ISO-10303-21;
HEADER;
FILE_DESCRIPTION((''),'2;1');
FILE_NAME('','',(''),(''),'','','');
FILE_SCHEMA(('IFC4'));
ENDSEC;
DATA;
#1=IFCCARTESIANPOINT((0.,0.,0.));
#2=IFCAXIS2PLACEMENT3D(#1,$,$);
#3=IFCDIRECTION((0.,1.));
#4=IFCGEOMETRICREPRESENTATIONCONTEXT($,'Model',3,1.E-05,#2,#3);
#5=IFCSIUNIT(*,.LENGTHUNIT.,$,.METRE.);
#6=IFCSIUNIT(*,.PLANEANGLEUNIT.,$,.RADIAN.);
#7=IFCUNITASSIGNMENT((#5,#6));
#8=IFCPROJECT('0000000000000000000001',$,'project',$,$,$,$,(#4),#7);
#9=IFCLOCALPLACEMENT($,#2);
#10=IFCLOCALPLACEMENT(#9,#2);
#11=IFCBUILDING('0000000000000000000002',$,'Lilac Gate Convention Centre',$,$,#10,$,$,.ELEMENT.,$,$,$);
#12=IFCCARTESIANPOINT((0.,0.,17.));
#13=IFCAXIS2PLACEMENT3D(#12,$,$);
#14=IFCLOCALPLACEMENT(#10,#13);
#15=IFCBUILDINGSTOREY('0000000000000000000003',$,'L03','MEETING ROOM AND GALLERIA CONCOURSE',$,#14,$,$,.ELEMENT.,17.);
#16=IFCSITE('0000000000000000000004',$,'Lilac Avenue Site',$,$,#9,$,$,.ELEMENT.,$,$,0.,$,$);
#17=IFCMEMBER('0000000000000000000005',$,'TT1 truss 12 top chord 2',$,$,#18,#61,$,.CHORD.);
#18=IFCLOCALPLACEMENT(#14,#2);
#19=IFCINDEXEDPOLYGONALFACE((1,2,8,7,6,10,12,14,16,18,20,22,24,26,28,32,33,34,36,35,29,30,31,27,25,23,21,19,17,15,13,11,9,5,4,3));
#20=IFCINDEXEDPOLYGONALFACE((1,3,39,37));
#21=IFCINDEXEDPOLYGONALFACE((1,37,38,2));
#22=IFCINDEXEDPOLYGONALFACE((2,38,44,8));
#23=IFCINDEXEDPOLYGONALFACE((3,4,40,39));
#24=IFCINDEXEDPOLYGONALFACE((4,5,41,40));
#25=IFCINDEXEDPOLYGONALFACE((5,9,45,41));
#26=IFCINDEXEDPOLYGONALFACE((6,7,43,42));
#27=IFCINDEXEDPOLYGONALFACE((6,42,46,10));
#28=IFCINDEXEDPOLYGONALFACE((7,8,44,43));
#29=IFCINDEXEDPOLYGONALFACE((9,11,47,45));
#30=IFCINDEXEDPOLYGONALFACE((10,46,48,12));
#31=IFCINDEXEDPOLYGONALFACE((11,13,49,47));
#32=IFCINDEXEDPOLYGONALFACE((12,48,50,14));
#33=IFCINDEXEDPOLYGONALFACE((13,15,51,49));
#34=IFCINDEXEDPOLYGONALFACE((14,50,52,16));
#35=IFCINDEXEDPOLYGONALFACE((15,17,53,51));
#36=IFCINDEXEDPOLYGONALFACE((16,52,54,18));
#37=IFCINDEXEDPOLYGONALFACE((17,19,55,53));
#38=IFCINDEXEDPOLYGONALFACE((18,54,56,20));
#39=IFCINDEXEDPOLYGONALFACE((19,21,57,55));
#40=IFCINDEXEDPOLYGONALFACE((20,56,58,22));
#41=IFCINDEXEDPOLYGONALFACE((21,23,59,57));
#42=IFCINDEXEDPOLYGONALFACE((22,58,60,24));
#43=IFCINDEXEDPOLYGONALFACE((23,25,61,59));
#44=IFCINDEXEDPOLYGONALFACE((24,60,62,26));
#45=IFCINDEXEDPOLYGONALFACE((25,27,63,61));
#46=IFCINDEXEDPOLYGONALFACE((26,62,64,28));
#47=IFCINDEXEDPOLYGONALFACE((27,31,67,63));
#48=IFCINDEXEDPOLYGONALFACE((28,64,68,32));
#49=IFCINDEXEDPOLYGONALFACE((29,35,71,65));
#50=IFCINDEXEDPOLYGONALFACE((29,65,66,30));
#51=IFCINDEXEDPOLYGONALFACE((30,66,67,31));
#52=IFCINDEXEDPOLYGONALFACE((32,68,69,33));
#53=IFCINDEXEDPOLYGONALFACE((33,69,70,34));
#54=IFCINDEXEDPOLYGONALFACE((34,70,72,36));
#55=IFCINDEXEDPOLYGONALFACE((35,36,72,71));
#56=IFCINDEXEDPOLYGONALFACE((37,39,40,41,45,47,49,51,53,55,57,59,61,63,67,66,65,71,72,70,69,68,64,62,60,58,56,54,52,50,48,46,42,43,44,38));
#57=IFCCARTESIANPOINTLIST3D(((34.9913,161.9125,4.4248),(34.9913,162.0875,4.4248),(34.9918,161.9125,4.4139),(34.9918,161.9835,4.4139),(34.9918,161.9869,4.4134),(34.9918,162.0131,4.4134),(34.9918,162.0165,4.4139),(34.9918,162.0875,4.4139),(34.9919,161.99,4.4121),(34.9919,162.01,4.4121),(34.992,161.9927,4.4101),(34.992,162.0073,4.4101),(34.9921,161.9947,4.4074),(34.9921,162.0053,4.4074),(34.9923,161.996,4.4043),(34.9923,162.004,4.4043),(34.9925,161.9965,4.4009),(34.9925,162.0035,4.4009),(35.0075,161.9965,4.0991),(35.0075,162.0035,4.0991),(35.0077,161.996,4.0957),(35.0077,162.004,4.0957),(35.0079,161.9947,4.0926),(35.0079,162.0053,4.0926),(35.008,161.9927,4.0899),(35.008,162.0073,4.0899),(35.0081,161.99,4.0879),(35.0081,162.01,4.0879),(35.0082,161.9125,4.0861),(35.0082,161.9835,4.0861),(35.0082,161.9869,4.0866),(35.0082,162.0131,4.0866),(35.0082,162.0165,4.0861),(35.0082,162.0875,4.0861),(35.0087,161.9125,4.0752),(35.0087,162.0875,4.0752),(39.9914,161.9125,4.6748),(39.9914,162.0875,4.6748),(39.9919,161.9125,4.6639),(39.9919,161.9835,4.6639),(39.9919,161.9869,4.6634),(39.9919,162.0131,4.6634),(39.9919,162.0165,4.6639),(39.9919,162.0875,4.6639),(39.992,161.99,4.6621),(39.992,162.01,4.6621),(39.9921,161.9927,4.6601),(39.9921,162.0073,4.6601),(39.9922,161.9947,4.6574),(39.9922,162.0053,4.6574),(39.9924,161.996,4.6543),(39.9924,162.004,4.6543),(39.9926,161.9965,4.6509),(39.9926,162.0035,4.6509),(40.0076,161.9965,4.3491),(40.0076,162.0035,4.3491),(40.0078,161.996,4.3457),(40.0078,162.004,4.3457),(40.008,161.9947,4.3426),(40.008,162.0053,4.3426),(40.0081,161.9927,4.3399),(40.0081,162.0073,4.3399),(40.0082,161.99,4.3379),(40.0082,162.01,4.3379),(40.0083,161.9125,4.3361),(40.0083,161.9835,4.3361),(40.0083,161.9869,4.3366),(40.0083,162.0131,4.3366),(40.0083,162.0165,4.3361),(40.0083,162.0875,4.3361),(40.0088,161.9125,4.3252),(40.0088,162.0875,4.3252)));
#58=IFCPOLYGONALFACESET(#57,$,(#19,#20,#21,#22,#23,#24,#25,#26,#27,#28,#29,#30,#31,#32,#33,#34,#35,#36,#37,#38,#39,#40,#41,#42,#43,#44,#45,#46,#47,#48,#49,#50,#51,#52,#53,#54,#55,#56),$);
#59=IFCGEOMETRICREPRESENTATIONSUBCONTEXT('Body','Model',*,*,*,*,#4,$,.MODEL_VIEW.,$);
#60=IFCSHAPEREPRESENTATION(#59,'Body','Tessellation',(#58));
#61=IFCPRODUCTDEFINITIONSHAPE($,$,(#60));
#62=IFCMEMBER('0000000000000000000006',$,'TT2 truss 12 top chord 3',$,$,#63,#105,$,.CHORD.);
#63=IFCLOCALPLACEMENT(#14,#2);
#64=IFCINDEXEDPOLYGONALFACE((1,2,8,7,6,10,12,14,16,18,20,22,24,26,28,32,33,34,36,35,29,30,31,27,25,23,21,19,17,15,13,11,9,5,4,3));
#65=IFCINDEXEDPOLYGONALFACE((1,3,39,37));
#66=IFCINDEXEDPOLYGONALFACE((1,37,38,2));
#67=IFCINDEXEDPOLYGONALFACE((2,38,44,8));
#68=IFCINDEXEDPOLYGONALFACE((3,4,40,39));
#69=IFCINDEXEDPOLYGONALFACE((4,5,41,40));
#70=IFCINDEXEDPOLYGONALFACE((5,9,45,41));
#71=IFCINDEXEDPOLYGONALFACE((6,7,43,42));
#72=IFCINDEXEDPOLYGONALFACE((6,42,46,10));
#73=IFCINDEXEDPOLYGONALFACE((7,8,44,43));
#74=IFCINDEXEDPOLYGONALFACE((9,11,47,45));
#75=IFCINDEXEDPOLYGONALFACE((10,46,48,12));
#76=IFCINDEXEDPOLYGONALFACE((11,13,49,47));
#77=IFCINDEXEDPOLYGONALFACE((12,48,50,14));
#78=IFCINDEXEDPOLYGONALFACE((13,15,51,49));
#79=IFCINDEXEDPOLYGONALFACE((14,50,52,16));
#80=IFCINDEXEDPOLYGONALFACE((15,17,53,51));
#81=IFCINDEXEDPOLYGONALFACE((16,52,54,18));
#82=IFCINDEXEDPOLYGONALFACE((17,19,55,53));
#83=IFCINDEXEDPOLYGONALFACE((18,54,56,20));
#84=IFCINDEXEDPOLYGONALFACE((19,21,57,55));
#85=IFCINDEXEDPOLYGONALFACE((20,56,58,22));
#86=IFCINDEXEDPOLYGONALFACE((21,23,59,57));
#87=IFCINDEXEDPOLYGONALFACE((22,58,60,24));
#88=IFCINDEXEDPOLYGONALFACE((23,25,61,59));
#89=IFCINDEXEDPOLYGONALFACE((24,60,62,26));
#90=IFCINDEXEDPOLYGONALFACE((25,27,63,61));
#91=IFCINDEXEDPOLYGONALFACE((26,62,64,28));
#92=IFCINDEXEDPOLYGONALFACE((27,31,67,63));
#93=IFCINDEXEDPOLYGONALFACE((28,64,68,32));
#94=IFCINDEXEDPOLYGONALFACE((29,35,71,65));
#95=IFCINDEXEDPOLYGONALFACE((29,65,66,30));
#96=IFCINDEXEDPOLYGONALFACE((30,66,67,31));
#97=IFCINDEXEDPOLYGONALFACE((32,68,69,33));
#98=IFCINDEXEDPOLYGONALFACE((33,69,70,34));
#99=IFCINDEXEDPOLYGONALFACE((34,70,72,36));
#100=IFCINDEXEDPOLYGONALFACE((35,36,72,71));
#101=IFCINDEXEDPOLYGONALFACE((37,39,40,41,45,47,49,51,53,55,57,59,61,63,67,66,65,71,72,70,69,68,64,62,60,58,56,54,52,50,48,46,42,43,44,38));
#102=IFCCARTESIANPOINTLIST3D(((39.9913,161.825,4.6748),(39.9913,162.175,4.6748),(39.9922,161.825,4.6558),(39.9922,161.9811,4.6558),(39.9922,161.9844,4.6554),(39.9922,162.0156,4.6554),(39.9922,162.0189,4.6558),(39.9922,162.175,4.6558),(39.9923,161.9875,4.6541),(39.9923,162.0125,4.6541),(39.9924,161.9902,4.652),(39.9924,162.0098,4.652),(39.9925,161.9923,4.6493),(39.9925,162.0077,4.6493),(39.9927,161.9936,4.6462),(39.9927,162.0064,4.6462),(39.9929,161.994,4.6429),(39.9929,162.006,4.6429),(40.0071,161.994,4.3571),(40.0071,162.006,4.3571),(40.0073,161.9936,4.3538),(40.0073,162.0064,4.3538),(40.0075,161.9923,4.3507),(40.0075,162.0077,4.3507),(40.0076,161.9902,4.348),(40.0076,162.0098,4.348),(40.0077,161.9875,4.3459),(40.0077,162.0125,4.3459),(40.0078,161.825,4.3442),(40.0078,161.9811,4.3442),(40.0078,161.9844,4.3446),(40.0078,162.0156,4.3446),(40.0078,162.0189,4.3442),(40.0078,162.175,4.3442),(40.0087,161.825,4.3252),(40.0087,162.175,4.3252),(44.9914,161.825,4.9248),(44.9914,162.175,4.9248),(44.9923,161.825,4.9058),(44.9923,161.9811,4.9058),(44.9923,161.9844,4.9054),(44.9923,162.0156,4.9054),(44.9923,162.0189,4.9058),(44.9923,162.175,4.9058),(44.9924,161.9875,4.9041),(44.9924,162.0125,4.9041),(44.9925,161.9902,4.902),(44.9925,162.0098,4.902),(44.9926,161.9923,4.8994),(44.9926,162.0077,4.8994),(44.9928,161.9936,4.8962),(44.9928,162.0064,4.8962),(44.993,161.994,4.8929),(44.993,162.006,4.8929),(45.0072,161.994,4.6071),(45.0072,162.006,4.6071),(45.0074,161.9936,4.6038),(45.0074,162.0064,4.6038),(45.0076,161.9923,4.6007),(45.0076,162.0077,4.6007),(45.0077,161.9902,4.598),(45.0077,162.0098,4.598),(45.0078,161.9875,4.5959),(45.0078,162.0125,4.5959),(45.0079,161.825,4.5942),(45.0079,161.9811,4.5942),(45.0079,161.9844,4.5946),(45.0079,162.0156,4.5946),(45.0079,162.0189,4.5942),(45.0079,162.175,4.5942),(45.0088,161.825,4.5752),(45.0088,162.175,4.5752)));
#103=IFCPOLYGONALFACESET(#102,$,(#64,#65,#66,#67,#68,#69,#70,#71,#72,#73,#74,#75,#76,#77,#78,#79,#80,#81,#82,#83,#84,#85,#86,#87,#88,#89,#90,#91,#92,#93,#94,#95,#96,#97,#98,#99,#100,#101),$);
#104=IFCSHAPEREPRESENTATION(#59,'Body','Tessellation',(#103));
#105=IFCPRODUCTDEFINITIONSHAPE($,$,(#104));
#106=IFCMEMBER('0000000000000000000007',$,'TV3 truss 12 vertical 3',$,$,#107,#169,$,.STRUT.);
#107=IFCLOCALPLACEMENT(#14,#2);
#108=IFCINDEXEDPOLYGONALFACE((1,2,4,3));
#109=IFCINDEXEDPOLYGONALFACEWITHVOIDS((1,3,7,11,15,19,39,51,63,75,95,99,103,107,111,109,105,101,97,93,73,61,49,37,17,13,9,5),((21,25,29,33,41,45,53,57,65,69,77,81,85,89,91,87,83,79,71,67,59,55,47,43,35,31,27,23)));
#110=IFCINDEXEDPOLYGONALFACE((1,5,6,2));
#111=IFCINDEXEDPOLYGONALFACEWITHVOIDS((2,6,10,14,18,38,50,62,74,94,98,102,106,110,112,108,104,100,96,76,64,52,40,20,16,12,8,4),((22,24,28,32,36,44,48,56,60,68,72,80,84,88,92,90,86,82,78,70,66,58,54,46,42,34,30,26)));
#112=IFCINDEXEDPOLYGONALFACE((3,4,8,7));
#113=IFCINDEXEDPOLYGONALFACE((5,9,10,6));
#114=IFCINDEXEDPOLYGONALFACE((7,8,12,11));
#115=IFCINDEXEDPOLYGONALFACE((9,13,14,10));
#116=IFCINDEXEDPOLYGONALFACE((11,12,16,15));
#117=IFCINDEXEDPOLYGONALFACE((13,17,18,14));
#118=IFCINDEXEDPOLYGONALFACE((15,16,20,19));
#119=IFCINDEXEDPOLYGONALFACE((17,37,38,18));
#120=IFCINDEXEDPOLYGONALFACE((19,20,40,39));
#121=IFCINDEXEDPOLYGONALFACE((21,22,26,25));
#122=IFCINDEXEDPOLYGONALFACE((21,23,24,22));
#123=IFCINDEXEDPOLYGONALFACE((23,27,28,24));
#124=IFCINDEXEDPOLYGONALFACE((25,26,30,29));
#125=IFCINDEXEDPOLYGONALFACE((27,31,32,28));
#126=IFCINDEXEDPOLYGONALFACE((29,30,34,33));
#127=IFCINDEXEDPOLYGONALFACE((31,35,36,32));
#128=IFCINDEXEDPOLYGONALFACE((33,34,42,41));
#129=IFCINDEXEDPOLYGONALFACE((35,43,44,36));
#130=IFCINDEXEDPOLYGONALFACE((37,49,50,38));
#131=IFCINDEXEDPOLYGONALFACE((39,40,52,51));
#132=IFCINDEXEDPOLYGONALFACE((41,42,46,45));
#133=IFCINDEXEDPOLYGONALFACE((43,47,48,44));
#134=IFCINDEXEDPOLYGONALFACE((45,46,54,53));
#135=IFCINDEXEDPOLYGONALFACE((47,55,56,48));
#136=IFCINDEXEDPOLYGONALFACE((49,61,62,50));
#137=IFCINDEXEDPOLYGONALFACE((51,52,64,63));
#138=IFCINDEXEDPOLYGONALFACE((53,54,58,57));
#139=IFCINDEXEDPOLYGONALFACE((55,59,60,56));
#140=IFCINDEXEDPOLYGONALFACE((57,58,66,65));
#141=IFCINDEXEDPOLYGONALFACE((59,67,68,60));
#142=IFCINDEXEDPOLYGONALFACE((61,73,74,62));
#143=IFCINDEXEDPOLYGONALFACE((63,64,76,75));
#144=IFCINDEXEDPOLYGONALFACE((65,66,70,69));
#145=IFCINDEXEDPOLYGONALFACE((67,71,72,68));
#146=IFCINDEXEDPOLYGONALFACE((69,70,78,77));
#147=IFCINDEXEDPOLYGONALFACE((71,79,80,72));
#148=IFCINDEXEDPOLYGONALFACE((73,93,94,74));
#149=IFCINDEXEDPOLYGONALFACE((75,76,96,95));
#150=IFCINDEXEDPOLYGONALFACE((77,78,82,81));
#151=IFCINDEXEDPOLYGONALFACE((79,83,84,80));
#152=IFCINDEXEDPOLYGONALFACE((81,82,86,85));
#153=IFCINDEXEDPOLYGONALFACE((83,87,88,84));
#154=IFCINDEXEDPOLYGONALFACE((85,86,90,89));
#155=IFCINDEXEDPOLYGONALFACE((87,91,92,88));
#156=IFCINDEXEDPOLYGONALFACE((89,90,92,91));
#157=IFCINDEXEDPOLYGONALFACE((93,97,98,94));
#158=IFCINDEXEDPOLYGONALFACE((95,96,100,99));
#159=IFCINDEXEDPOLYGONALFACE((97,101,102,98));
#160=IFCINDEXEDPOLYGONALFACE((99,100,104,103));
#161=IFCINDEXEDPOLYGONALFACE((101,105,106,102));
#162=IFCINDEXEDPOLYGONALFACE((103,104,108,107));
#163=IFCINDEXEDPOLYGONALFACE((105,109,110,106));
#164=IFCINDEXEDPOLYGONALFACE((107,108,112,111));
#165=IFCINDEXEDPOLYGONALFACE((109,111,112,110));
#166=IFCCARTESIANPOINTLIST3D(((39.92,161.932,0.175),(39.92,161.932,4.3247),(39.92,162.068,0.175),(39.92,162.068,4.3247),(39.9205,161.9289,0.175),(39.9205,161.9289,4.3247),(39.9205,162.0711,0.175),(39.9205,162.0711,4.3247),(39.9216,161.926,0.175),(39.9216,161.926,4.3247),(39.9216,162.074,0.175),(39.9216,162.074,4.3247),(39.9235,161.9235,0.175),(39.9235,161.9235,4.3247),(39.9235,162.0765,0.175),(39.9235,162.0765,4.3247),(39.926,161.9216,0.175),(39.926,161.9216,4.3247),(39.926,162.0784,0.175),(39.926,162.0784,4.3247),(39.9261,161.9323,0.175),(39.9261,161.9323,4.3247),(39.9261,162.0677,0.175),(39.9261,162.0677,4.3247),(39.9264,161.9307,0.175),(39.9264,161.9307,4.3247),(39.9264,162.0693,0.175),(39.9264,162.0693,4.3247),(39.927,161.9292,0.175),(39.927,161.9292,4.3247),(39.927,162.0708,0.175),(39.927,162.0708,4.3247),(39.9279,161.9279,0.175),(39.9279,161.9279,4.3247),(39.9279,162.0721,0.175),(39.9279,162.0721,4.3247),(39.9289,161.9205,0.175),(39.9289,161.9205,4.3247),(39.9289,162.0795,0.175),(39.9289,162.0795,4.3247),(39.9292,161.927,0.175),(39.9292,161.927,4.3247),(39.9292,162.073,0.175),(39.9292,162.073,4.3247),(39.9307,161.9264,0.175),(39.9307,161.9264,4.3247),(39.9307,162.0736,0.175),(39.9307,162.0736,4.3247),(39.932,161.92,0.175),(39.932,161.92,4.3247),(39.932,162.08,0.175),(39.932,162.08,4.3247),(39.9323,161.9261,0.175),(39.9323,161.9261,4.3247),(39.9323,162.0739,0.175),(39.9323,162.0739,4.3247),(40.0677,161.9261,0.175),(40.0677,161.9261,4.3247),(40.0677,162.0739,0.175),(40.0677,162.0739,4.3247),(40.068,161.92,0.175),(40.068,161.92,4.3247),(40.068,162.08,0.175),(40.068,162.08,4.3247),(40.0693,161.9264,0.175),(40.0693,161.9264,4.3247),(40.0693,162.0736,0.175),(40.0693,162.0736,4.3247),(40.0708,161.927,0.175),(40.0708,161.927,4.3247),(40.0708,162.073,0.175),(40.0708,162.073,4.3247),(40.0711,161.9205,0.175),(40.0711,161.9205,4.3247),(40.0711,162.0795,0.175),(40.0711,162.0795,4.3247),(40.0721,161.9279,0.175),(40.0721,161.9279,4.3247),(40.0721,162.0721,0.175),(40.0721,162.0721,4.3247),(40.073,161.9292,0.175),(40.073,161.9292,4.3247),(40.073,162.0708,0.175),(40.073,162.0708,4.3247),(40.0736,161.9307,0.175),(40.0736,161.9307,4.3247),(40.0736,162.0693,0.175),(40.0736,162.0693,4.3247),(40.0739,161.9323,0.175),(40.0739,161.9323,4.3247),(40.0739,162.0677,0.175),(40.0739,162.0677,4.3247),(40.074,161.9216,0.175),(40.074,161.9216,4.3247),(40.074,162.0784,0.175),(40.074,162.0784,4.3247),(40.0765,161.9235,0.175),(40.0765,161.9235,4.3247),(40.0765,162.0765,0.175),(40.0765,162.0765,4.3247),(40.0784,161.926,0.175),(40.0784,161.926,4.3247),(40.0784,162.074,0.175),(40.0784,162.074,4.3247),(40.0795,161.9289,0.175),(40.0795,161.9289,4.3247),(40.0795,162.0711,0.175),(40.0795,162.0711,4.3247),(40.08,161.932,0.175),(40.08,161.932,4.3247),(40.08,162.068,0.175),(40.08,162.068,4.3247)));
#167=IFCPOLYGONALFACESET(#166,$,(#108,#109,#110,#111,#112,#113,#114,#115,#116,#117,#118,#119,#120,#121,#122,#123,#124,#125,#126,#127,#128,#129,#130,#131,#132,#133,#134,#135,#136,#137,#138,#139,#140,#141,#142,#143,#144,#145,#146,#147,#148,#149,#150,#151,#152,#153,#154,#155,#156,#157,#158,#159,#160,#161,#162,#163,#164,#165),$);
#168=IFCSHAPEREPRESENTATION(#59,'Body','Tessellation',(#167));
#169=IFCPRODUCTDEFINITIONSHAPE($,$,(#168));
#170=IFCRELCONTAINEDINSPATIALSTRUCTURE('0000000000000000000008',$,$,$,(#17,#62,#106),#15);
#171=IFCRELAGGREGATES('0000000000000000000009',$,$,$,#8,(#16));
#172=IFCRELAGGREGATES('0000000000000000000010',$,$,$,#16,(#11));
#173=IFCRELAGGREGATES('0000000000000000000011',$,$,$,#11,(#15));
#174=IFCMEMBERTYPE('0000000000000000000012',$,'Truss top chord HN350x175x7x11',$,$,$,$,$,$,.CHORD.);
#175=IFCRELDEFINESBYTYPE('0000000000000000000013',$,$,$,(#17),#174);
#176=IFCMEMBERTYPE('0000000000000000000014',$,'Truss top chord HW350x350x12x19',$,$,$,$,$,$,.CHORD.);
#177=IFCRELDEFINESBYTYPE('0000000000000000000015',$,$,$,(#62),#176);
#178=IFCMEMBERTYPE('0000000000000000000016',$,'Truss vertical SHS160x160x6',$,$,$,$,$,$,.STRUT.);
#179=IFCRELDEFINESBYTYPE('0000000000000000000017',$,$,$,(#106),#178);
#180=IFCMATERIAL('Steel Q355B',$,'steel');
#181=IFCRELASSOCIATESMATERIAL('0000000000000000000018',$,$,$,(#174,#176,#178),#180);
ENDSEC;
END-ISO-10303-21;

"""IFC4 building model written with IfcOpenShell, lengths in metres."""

from ifc_helpers import new_model, si_unit, direction, frame, origin, origin_2d, place, context, subcontext, project, spatial, hollow_rectangle, i_section, extrude, material, material_profile, profile_set, type_object, element, save


model = new_model("IFC4")

# Units and contexts
model_context = context("Model", 3, precision=1e-05, world=origin(), true_north=direction((0.0, 1.0)))
body_context = subcontext(model_context, "Body", "Model", "MODEL_VIEW")
ifc_project = project(units=[si_unit("LENGTHUNIT", "METRE"), si_unit("PLANEANGLEUNIT", "RADIAN")], contexts=[model_context])

# Site, building, storey
site_placement = place(None, origin())
site = spatial("IfcSite", under=ifc_project, at=site_placement, Name="Lilac Avenue Site", CompositionType="ELEMENT", RefElevation=0.0)
building_placement = place(site_placement, origin())
building = spatial("IfcBuilding", under=site, at=building_placement, Name="Lilac Gate Convention Centre", CompositionType="ELEMENT")
storey_placement = place(building_placement, frame((0.0, 0.0, 17.0)))
storey = spatial("IfcBuildingStorey", under=building, at=storey_placement, Name="L03", Description="MEETING ROOM AND GALLERIA CONCOURSE", CompositionType="ELEMENT", Elevation=17.0)

# Shared definitions
ifc_material = material(Name="Steel Q355B", Category="steel")

# Members
ifc_material_profile_1 = material_profile(ifc_material, i_section(OverallWidth=0.175, OverallDepth=0.3501, WebThickness=0.0071, FlangeThickness=0.011, FilletRadius=0.0129, at=origin_2d()), Name="HN350x175x7x11")
ifc_profile_set_1 = profile_set([ifc_material_profile_1], Name="Steel Q355B")
member_type_1 = type_object("IfcMemberType", Name="Truss top chord HN350x175x7x11", PredefinedType="CHORD", material=ifc_profile_set_1)
for number, where, z_axis, x_axis, name in (
    (1, (35.0, 162.0, 4.25), (0.998752, 0.0, 0.049938), (0.0, 1.0, 0.0), "TT1 truss 12 top chord 2"),
):
    element("IfcMember", number, at=place(storey_placement, frame(where, z_axis=z_axis, x_axis=x_axis)), inside=storey, type_object=member_type_1, Name=name, PredefinedType="CHORD", context=body_context, shape_type="SweptSolid", body=[
        extrude(i_section(OverallWidth=0.175, OverallDepth=0.3501, WebThickness=0.0071, FlangeThickness=0.011, FilletRadius=0.0129, at=origin_2d()), origin(), (0.0, 0.0, 1.0), 5.0063),
    ])
ifc_material_profile_2 = material_profile(ifc_material, i_section(OverallWidth=0.3501, OverallDepth=0.3501, WebThickness=0.012, FlangeThickness=0.019, FilletRadius=0.0129, at=origin_2d()), Name="HW350x350x12x19")
ifc_profile_set_2 = profile_set([ifc_material_profile_2], Name="Steel Q355B")
member_type_2 = type_object("IfcMemberType", Name="Truss top chord HW350x350x12x19", PredefinedType="CHORD", material=ifc_profile_set_2)
member_1_placement = place(storey_placement, frame((40.0, 162.0, 4.5), z_axis=(0.998752, 0.0, 0.049938), x_axis=(0.0, 1.0, 0.0)))
element("IfcMember", 2, at=member_1_placement, inside=storey, type_object=member_type_2, Name="TT2 truss 12 top chord 3", PredefinedType="CHORD", context=body_context, shape_type="SweptSolid", body=[
    extrude(i_section(OverallWidth=0.3501, OverallDepth=0.3501, WebThickness=0.012, FlangeThickness=0.019, FilletRadius=0.0129, at=origin_2d()), origin(), (0.0, 0.0, 1.0), 5.0063),
])
ifc_material_profile_3 = material_profile(ifc_material, hollow_rectangle(XDim=0.1599, YDim=0.1599, WallThickness=0.0061, InnerFilletRadius=0.0061, OuterFilletRadius=0.012, at=origin_2d()), Name="SHS160x160x6")
ifc_profile_set_3 = profile_set([ifc_material_profile_3], Name="Steel Q355B")
member_type_3 = type_object("IfcMemberType", Name="Truss vertical SHS160x160x6", PredefinedType="STRUT", material=ifc_profile_set_3)
member_2_placement = place(storey_placement, frame((40.0, 162.0, 0.175), z_axis=(0.0, 0.0, 1.0), x_axis=(1.0, 0.0, 0.0)))
element("IfcMember", 3, at=member_2_placement, inside=storey, type_object=member_type_3, Name="TV3 truss 12 vertical 3", PredefinedType="STRUT", context=body_context, shape_type="SweptSolid", body=[
    extrude(hollow_rectangle(XDim=0.1599, YDim=0.1599, WallThickness=0.0061, InnerFilletRadius=0.0061, OuterFilletRadius=0.012, at=origin_2d()), origin(), (0.0, 0.0, 1.0), 4.1497),
])

save(model, "model.ifc")
